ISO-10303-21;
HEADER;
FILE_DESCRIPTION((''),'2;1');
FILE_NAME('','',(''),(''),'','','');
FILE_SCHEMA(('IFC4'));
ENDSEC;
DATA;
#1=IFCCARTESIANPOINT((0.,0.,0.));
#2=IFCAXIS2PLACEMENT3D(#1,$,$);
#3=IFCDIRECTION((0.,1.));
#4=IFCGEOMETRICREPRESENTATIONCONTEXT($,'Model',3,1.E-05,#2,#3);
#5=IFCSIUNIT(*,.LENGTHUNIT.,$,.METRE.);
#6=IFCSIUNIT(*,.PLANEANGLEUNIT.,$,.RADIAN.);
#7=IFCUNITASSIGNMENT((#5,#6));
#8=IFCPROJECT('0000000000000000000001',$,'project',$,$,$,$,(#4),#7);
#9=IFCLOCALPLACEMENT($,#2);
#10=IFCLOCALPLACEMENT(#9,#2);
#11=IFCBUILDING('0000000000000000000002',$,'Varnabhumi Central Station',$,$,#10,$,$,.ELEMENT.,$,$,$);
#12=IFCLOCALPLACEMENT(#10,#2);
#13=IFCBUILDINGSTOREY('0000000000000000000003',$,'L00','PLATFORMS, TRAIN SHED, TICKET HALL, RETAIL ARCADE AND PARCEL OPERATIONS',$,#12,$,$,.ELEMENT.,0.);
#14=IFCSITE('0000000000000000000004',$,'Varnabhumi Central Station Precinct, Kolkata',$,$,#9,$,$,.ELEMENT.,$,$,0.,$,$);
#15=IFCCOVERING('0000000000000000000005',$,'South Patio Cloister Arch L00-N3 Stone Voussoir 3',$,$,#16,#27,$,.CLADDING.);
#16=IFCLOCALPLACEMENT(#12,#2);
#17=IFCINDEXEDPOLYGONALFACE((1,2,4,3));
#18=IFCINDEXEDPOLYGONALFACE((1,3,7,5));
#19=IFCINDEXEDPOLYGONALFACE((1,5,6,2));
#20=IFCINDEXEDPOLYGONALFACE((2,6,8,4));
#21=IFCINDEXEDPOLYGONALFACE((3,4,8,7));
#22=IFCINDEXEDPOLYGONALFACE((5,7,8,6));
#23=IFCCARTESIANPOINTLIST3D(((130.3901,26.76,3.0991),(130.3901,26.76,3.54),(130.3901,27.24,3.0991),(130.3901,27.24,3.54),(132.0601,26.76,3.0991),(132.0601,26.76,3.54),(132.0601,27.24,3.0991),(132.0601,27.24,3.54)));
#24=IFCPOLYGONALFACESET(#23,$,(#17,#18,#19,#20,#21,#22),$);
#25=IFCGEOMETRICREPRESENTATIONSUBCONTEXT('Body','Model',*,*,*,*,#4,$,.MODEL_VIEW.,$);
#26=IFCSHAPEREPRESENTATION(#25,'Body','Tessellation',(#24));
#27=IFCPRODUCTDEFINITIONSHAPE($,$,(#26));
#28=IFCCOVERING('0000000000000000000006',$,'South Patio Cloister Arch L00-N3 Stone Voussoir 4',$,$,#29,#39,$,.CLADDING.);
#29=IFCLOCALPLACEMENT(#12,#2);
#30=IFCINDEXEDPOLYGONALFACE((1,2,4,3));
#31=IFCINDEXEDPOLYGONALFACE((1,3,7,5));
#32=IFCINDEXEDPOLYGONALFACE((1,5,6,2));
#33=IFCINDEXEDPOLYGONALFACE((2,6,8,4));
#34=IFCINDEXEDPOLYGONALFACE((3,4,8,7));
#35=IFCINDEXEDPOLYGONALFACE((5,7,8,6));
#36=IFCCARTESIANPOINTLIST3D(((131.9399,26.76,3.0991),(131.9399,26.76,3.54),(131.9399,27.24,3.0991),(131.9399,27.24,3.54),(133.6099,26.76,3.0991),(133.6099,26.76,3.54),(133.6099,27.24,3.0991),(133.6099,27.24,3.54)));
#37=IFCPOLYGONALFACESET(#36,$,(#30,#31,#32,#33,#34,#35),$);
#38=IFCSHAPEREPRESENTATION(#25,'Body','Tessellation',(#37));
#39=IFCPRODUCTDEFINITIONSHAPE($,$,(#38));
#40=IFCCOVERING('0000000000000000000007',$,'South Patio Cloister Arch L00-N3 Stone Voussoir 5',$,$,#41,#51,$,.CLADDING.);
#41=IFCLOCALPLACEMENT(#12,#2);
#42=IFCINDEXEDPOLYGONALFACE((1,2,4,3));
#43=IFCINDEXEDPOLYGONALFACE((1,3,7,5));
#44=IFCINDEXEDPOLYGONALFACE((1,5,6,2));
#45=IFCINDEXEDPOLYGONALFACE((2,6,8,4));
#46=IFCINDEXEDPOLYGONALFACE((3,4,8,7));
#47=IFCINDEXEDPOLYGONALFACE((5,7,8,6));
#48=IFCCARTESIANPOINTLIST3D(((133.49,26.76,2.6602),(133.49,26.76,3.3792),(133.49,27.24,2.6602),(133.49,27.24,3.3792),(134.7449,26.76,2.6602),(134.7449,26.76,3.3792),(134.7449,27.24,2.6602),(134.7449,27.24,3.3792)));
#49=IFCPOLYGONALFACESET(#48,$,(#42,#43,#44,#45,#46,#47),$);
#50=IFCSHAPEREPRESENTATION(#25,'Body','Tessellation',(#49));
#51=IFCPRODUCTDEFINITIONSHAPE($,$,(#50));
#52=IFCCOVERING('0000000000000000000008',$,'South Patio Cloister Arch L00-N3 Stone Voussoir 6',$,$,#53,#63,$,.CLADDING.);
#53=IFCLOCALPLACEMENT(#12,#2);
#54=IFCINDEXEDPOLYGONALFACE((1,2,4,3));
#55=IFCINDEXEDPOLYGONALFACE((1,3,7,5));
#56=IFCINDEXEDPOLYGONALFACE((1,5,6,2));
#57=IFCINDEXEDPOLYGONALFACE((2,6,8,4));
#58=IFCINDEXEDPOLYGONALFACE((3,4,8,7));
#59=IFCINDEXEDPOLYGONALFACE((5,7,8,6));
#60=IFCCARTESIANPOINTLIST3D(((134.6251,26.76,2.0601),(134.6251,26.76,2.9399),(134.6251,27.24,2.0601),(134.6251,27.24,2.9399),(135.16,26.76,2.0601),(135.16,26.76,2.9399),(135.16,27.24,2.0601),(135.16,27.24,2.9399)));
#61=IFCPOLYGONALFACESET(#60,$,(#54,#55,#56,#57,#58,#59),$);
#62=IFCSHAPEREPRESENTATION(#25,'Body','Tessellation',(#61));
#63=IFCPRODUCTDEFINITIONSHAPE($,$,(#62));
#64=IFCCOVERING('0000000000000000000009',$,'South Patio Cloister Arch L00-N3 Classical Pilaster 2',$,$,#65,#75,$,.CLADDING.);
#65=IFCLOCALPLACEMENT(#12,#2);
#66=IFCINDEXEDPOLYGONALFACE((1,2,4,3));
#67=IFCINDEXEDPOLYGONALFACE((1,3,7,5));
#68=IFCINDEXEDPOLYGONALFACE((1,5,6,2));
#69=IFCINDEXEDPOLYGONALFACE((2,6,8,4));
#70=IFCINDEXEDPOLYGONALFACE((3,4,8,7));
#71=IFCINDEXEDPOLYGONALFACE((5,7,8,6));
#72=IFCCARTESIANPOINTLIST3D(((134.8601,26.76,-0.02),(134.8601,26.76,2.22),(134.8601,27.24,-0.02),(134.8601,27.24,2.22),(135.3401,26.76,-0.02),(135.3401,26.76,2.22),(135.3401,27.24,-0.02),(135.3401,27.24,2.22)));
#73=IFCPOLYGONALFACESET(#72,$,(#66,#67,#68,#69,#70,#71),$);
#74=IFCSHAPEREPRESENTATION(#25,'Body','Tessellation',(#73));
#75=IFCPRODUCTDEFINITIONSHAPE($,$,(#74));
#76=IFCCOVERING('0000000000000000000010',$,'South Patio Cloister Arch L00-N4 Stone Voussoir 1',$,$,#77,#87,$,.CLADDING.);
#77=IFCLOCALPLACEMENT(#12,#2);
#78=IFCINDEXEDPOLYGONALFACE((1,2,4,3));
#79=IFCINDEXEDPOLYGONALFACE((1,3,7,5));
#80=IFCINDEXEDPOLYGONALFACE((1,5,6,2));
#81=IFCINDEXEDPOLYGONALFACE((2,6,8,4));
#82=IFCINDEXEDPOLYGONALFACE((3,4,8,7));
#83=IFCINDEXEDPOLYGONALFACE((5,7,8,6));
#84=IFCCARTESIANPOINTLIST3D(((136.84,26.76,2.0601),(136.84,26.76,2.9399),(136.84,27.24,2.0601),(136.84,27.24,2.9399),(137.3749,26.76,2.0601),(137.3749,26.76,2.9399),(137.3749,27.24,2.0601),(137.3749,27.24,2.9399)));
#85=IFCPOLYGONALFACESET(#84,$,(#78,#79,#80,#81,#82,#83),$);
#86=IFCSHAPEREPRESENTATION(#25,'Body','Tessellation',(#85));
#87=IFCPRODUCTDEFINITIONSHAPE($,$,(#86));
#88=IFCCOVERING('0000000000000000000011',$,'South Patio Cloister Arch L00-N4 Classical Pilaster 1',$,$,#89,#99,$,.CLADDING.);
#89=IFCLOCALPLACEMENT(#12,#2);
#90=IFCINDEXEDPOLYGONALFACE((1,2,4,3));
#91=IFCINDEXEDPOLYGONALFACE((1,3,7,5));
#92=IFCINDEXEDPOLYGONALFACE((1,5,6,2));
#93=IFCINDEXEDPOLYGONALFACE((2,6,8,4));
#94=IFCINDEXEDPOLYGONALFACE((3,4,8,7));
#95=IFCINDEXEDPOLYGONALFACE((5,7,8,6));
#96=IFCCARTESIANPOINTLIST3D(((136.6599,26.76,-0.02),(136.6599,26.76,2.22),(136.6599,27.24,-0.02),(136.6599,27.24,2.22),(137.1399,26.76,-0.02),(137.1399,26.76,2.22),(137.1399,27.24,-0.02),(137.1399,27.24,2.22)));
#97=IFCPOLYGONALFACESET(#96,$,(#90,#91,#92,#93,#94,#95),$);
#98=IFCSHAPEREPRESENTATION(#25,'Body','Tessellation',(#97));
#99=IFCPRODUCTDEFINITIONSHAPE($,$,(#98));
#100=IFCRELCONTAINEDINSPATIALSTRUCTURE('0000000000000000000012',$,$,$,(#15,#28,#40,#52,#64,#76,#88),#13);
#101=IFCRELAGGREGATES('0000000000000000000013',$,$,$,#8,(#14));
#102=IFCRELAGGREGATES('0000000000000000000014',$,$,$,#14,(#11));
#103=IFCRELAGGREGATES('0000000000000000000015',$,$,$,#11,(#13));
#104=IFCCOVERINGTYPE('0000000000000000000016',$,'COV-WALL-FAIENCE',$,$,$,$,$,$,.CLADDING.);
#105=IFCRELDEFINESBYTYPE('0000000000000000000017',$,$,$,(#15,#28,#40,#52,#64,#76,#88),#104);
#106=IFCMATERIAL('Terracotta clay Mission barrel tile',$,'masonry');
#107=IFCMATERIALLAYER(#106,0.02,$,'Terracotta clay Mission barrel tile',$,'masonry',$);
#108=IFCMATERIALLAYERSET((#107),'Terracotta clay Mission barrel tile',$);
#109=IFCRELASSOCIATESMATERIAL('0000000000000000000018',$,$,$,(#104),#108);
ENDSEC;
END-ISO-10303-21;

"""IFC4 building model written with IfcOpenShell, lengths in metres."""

from ifc_helpers import new_model, si_unit, direction, frame, origin, origin_2d, place, context, subcontext, project, spatial, rectangle, extrude, material, layer, layer_set, type_object, element, save


model = new_model("IFC4")

# Units and contexts
model_context = context("Model", 3, precision=1e-05, world=origin(), true_north=direction((0.0, 1.0)))
body_context = subcontext(model_context, "Body", "Model", "MODEL_VIEW")
ifc_project = project(units=[si_unit("LENGTHUNIT", "METRE"), si_unit("PLANEANGLEUNIT", "RADIAN")], contexts=[model_context])

# Site, building, storey
site_placement = place(None, origin())
site = spatial("IfcSite", under=ifc_project, at=site_placement, Name="Varnabhumi Central Station Precinct, Kolkata", CompositionType="ELEMENT", RefElevation=0.0)
building_placement = place(site_placement, origin())
building = spatial("IfcBuilding", under=site, at=building_placement, Name="Varnabhumi Central Station", CompositionType="ELEMENT")
storey_placement = place(building_placement, origin())
storey = spatial("IfcBuildingStorey", under=building, at=storey_placement, Name="L00", Description="PLATFORMS, TRAIN SHED, TICKET HALL, RETAIL ARCADE AND PARCEL OPERATIONS", CompositionType="ELEMENT", Elevation=0.0)

# Coverings
ifc_material_1 = material(Name="Terracotta clay Mission barrel tile", Category="masonry")
ifc_layer_1 = layer(ifc_material_1, 0.02, Name="Terracotta clay Mission barrel tile", Category="masonry")
ifc_layer_set_1 = layer_set([ifc_layer_1], Name="Terracotta clay Mission barrel tile")
covering_type = type_object("IfcCoveringType", Name="COV-WALL-FAIENCE", PredefinedType="CLADDING", material=ifc_layer_set_1)
for number, where, z_axis, x_axis, name in (
    (1, (131.2251, 27.0, 3.0991), (0.0, 0.0, 1.0), (1.0, 0.0, 0.0), "South Patio Cloister Arch L00-N3 Stone Voussoir 3"),
    (2, (132.7749, 27.0, 3.0991), (0.0, 0.0, 1.0), (1.0, 0.0, 0.0), "South Patio Cloister Arch L00-N3 Stone Voussoir 4"),
):
    element("IfcCovering", number, at=place(storey_placement, frame(where, z_axis=z_axis, x_axis=x_axis)), inside=storey, type_object=covering_type, Name=name, PredefinedType="CLADDING", context=body_context, shape_type="SweptSolid", body=[
        extrude(rectangle(XDim=1.6699, YDim=0.48, at=origin_2d()), origin(), (0.0, 0.0, 1.0), 0.4409),
    ])
covering_1_placement = place(storey_placement, frame((134.1174, 27.0, 2.6602), z_axis=(0.0, 0.0, 1.0), x_axis=(1.0, 0.0, 0.0)))
element("IfcCovering", 3, at=covering_1_placement, inside=storey, type_object=covering_type, Name="South Patio Cloister Arch L00-N3 Stone Voussoir 5", PredefinedType="CLADDING", context=body_context, shape_type="SweptSolid", body=[
    extrude(rectangle(XDim=1.2549, YDim=0.48, at=origin_2d()), origin(), (0.0, 0.0, 1.0), 0.719),
])
covering_2_placement = place(storey_placement, frame((134.8926, 27.0, 2.0601), z_axis=(0.0, 0.0, 1.0), x_axis=(1.0, 0.0, 0.0)))
element("IfcCovering", 4, at=covering_2_placement, inside=storey, type_object=covering_type, Name="South Patio Cloister Arch L00-N3 Stone Voussoir 6", PredefinedType="CLADDING", context=body_context, shape_type="SweptSolid", body=[
    extrude(rectangle(XDim=0.5349, YDim=0.48, at=origin_2d()), origin(), (0.0, 0.0, 1.0), 0.8799),
])
covering_3_placement = place(storey_placement, frame((135.1001, 27.0, -0.02), z_axis=(0.0, 0.0, 1.0), x_axis=(1.0, 0.0, 0.0)))
element("IfcCovering", 5, at=covering_3_placement, inside=storey, type_object=covering_type, Name="South Patio Cloister Arch L00-N3 Classical Pilaster 2", PredefinedType="CLADDING", context=body_context, shape_type="SweptSolid", body=[
    extrude(rectangle(XDim=0.48, YDim=0.48, at=origin_2d()), origin(), (0.0, 0.0, 1.0), 2.24),
])
covering_4_placement = place(storey_placement, frame((137.1074, 27.0, 2.0601), z_axis=(0.0, 0.0, 1.0), x_axis=(1.0, 0.0, 0.0)))
element("IfcCovering", 6, at=covering_4_placement, inside=storey, type_object=covering_type, Name="South Patio Cloister Arch L00-N4 Stone Voussoir 1", PredefinedType="CLADDING", context=body_context, shape_type="SweptSolid", body=[
    extrude(rectangle(XDim=0.5349, YDim=0.48, at=origin_2d()), origin(), (0.0, 0.0, 1.0), 0.8799),
])
covering_5_placement = place(storey_placement, frame((136.8999, 27.0, -0.02), z_axis=(0.0, 0.0, 1.0), x_axis=(1.0, 0.0, 0.0)))
element("IfcCovering", 7, at=covering_5_placement, inside=storey, type_object=covering_type, Name="South Patio Cloister Arch L00-N4 Classical Pilaster 1", PredefinedType="CLADDING", context=body_context, shape_type="SweptSolid", body=[
    extrude(rectangle(XDim=0.48, YDim=0.48, at=origin_2d()), origin(), (0.0, 0.0, 1.0), 2.24),
])

save(model, "model.ifc")
